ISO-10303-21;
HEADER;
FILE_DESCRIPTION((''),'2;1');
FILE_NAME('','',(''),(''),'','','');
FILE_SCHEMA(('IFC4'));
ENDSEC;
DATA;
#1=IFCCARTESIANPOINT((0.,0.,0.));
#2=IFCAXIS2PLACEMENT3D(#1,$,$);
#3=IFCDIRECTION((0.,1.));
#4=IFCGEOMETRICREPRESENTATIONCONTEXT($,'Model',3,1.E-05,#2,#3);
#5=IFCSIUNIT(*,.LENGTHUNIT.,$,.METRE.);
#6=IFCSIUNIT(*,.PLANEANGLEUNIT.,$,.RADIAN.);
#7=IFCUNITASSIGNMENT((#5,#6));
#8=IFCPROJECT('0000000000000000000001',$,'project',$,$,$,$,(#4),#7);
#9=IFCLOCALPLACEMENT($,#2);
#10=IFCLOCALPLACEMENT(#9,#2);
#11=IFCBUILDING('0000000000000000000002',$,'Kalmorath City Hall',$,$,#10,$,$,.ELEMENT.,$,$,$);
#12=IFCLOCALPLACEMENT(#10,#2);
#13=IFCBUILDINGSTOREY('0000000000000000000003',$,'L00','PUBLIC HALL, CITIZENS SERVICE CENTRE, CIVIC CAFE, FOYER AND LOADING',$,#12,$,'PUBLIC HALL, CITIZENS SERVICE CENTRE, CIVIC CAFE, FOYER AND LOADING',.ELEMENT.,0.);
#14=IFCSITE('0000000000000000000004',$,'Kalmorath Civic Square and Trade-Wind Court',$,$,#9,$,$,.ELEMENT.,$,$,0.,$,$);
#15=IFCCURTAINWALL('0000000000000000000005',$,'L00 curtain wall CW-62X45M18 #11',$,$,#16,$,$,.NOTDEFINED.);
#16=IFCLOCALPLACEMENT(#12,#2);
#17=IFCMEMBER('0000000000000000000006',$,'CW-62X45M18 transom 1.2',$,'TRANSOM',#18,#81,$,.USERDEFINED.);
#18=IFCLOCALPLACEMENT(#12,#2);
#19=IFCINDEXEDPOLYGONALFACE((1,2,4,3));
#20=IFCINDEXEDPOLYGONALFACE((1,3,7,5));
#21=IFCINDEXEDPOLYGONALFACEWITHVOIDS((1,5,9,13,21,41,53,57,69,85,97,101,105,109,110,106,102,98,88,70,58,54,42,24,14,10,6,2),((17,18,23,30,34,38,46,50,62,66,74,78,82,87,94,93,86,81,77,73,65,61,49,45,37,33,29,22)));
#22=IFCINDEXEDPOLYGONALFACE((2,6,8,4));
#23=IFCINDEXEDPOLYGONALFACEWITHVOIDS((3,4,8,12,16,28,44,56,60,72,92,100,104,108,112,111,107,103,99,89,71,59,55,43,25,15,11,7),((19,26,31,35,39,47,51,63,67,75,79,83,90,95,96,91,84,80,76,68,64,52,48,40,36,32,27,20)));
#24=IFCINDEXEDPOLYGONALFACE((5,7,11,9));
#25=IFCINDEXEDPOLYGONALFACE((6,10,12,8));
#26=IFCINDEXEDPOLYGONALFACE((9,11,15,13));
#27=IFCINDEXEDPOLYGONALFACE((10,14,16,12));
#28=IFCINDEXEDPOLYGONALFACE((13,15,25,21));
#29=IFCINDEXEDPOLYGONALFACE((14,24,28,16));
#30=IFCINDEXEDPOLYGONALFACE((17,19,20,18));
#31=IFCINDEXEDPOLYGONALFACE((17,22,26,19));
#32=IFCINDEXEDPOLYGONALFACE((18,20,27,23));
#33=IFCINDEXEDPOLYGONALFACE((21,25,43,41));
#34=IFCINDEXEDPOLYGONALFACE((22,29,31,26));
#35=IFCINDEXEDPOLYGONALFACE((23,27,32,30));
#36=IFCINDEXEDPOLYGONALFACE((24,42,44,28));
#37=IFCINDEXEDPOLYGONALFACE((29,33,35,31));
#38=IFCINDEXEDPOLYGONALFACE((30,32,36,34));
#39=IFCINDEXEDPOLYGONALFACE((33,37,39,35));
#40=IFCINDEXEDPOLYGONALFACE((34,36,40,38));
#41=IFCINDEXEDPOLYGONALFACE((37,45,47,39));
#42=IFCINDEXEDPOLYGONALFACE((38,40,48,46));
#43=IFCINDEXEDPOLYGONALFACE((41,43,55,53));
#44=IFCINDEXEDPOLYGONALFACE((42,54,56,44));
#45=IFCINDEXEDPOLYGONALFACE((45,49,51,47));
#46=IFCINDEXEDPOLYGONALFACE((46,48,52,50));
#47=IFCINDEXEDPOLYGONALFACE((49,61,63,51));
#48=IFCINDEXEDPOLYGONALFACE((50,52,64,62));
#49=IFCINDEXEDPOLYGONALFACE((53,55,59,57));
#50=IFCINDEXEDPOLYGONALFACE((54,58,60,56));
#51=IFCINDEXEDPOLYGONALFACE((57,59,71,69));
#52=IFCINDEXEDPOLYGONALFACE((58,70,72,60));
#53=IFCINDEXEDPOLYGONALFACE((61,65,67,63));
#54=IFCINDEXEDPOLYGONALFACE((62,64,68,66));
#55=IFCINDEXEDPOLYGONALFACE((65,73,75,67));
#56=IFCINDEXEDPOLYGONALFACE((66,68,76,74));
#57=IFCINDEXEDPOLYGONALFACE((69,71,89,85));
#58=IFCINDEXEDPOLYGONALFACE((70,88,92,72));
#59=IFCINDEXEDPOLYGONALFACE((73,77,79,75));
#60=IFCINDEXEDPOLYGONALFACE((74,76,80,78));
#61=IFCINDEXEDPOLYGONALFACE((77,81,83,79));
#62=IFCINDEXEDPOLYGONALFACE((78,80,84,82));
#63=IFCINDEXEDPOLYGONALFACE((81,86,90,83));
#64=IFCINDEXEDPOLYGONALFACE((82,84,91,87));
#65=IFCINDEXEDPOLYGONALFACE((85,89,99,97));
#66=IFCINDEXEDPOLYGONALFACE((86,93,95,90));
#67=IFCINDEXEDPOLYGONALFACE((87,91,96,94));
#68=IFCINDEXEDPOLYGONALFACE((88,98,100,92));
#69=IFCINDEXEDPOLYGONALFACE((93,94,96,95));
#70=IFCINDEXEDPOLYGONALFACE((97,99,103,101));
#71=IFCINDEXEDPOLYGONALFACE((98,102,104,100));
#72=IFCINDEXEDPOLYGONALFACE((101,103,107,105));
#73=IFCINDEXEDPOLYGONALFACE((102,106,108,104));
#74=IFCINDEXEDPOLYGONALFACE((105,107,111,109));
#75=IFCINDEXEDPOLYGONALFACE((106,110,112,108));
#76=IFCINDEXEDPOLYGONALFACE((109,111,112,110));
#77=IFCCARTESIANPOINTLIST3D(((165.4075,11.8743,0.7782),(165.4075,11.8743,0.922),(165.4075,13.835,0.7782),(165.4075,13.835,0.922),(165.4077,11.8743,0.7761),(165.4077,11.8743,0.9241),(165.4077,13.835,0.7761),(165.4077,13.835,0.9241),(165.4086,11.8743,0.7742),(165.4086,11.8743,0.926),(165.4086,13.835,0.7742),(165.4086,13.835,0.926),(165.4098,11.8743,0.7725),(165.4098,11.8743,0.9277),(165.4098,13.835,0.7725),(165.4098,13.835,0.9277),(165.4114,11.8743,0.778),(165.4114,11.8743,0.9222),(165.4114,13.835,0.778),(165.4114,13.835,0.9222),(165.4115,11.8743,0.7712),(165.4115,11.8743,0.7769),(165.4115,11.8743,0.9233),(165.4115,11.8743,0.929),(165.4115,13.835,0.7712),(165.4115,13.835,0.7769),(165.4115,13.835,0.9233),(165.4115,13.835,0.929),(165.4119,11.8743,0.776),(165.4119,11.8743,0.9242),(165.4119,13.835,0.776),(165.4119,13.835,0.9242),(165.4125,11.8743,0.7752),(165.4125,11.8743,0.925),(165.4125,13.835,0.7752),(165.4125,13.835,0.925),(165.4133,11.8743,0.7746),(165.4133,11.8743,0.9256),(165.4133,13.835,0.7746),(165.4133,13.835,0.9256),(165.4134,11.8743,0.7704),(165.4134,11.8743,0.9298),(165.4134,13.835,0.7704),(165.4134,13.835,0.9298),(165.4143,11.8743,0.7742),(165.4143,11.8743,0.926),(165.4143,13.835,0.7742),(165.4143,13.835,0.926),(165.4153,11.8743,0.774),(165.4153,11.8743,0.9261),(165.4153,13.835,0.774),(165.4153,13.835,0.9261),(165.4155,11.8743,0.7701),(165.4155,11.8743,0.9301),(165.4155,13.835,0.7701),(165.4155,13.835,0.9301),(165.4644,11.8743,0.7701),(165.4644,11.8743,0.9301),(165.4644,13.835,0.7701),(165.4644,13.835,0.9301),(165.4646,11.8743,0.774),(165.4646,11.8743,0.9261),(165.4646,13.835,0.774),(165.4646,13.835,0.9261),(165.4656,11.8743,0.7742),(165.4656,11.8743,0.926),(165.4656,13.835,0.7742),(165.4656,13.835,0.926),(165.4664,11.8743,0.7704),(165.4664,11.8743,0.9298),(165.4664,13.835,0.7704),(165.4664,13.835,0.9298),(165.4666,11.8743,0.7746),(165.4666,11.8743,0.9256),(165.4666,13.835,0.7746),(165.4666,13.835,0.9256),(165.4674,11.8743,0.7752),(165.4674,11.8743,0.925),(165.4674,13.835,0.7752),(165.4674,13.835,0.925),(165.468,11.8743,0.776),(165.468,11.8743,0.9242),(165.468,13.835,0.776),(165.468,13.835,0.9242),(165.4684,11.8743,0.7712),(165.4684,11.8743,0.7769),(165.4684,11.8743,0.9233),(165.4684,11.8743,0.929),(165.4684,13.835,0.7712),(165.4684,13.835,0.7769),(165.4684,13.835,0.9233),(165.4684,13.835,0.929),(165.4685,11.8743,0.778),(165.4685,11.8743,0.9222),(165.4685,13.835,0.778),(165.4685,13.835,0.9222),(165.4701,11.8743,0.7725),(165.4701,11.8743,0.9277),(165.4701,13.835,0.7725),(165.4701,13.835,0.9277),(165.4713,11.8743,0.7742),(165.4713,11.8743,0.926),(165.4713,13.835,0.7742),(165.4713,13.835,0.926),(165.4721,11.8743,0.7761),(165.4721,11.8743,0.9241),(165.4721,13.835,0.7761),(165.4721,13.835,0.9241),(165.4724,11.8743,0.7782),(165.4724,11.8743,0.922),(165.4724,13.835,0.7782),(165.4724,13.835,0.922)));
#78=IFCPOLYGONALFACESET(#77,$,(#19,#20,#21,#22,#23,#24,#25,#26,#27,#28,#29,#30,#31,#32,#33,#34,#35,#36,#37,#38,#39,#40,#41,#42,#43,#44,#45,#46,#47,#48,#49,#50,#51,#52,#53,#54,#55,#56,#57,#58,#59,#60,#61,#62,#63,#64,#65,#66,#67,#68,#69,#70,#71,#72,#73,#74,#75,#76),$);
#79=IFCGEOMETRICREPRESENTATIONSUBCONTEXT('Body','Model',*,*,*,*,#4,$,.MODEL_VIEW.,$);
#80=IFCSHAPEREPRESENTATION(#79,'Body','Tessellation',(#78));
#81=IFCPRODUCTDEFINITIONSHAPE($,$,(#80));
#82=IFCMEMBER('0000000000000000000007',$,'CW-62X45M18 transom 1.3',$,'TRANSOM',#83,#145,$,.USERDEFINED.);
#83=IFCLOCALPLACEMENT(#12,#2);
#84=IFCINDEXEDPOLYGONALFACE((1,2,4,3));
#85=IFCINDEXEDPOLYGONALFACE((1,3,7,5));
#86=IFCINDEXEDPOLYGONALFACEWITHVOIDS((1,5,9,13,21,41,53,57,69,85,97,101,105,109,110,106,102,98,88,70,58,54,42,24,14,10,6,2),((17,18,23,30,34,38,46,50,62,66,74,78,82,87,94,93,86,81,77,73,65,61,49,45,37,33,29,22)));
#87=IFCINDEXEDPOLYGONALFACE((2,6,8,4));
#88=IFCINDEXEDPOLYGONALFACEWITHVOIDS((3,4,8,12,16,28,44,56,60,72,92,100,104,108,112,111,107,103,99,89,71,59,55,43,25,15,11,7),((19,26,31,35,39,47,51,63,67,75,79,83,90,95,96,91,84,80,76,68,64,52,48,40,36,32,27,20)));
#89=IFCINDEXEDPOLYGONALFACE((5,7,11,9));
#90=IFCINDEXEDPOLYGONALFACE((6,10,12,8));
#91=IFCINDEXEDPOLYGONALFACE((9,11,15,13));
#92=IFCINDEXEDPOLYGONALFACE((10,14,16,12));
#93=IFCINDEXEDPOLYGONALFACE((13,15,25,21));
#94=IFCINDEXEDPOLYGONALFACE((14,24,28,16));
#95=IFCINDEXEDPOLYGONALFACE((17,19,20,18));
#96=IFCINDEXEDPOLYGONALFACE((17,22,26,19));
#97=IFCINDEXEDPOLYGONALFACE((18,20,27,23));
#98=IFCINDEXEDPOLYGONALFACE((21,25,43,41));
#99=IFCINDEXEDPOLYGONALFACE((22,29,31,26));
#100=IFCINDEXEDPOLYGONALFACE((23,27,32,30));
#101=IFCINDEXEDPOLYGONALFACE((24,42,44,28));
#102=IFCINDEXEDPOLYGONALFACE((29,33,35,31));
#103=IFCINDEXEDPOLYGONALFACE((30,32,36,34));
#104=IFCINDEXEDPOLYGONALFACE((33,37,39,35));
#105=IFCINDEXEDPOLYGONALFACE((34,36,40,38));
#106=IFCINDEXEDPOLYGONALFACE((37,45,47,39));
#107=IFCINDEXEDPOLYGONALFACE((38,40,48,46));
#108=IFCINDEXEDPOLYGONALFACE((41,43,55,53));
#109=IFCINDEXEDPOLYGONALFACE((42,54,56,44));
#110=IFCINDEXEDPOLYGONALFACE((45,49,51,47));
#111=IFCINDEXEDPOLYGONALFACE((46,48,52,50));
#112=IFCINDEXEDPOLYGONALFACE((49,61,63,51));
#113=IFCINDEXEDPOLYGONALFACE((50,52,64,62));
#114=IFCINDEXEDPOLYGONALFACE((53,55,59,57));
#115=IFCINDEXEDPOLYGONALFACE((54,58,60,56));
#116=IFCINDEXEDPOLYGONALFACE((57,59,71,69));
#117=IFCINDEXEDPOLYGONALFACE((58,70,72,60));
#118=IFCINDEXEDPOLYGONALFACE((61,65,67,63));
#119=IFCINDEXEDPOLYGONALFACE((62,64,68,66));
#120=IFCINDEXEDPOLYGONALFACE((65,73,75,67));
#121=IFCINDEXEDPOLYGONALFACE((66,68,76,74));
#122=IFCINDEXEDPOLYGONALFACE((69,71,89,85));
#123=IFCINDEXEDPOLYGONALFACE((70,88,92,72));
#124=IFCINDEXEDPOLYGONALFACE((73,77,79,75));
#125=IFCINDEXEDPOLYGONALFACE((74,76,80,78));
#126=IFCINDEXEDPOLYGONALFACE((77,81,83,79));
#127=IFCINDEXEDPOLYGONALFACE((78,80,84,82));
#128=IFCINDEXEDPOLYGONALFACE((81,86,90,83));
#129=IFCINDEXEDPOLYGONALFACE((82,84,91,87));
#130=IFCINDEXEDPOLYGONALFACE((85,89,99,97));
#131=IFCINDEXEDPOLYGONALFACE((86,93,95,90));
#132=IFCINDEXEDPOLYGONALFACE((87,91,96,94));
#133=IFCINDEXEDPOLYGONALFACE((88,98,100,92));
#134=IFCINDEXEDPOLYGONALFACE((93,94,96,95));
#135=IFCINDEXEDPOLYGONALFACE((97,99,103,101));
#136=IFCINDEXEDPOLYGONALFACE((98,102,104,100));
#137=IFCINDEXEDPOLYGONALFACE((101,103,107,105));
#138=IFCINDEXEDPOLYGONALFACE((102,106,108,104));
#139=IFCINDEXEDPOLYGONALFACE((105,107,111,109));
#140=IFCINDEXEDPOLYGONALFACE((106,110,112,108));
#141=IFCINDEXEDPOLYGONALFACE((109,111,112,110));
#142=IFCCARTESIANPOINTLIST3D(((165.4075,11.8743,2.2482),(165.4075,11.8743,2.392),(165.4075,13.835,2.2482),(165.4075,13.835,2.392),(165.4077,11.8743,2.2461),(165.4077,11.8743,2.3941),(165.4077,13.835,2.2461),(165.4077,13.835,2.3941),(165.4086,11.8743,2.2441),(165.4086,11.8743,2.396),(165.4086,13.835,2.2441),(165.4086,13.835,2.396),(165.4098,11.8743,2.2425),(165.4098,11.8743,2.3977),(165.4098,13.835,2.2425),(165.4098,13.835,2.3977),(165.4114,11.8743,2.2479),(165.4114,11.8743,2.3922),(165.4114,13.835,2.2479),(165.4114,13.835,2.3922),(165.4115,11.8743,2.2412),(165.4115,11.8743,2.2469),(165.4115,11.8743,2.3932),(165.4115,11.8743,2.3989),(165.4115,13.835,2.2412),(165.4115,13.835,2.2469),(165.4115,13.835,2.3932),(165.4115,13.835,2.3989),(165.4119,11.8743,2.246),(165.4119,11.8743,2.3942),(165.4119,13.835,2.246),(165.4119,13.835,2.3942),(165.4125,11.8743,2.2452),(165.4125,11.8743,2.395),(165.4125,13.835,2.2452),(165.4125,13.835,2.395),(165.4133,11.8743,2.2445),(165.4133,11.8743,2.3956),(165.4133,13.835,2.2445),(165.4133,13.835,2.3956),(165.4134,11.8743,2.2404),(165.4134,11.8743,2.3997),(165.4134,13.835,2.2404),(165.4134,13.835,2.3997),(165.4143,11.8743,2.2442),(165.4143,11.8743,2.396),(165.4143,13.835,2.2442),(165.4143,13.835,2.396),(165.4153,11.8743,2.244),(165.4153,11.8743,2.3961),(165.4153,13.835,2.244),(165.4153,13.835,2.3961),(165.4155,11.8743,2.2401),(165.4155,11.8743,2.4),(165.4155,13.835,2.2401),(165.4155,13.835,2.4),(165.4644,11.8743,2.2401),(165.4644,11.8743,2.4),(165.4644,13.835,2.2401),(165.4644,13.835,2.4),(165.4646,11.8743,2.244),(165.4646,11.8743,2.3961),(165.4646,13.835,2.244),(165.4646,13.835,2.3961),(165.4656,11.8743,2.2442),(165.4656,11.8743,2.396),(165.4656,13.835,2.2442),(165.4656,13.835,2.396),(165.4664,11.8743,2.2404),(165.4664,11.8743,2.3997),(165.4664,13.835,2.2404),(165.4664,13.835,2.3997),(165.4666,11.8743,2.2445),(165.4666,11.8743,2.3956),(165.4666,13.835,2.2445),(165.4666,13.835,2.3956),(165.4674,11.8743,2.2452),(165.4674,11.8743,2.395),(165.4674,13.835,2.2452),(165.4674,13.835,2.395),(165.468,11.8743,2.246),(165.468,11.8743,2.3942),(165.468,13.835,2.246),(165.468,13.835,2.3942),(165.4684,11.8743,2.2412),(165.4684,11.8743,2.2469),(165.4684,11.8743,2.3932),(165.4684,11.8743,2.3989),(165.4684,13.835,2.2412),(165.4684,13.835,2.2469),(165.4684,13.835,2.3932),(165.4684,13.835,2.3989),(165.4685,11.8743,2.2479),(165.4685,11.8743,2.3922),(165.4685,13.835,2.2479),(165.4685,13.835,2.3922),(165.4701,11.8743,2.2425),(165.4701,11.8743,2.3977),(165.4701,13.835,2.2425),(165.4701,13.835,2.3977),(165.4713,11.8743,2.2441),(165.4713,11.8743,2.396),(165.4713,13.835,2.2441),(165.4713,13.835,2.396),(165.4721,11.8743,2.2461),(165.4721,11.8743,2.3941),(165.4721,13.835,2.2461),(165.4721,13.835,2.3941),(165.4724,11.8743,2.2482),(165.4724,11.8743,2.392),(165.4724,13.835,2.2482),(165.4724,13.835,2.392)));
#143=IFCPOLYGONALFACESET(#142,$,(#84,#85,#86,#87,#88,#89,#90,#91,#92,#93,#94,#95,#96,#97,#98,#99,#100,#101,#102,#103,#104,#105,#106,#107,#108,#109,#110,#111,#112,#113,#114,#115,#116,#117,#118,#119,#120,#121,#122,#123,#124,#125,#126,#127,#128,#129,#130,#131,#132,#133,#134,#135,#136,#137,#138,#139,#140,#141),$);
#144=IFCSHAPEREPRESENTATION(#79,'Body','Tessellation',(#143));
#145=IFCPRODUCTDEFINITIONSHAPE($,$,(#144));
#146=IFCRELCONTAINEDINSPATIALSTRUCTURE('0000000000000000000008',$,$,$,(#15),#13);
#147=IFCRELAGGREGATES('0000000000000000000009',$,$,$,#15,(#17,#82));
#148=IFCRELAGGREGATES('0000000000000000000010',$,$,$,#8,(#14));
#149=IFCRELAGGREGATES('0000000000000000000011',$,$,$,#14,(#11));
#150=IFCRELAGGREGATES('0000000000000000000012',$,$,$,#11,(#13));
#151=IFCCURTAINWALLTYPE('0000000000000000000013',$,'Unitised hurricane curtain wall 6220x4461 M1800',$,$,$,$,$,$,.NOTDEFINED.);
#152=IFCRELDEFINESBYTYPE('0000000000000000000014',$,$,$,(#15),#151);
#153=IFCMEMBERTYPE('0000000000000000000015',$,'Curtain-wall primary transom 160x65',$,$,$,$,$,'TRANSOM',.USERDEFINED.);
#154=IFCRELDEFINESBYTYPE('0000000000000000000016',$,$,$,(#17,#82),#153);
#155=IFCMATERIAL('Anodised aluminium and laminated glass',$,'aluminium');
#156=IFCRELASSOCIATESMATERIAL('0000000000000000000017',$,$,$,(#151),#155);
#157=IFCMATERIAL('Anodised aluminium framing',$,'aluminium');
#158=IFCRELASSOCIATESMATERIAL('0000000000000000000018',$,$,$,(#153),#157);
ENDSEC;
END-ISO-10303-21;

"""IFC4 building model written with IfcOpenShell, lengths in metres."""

from ifc_helpers import new_model, si_unit, direction, frame, origin, origin_2d, place, context, subcontext, project, spatial, hollow_rectangle, extrude, material, material_profile, profile_set, type_object, element, aggregate, save


model = new_model("IFC4")

# Units and contexts
model_context = context("Model", 3, precision=1e-05, world=origin(), true_north=direction((0.0, 1.0)))
body_context = subcontext(model_context, "Body", "Model", "MODEL_VIEW")
ifc_project = project(units=[si_unit("LENGTHUNIT", "METRE"), si_unit("PLANEANGLEUNIT", "RADIAN")], contexts=[model_context])

# Site, building, storey
site_placement = place(None, origin())
site = spatial("IfcSite", under=ifc_project, at=site_placement, Name="Kalmorath Civic Square and Trade-Wind Court", CompositionType="ELEMENT", RefElevation=0.0)
building_placement = place(site_placement, origin())
building = spatial("IfcBuilding", under=site, at=building_placement, Name="Kalmorath City Hall", CompositionType="ELEMENT")
storey_placement = place(building_placement, origin())
storey = spatial("IfcBuildingStorey", under=building, at=storey_placement, Name="L00", Description="PUBLIC HALL, CITIZENS SERVICE CENTRE, CIVIC CAFE, FOYER AND LOADING", LongName="PUBLIC HALL, CITIZENS SERVICE CENTRE, CIVIC CAFE, FOYER AND LOADING", CompositionType="ELEMENT", Elevation=0.0)

# Curtain wall, members
ifc_material_1 = material(Name="Anodised aluminium and laminated glass", Category="aluminium")
curtain_wall_type = type_object("IfcCurtainWallType", Name="Unitised hurricane curtain wall 6220x4461 M1800", PredefinedType="NOTDEFINED", material=ifc_material_1)
curtain_wall_placement = place(storey_placement, origin())
curtain_wall = element("IfcCurtainWall", 1, at=curtain_wall_placement, inside=storey, type_object=curtain_wall_type, Name="L00 curtain wall CW-62X45M18 #11", PredefinedType="NOTDEFINED")
ifc_material_2 = material(Name="Anodised aluminium framing", Category="aluminium")
ifc_material_profile_1 = material_profile(ifc_material_2, hollow_rectangle(XDim=0.0649, YDim=0.1599, WallThickness=0.0039, InnerFilletRadius=0.0039, OuterFilletRadius=0.0081, at=origin_2d()), Name="ALU-TRN-160X65X4")
ifc_profile_set_1 = profile_set([ifc_material_profile_1], Name="Anodised aluminium framing")
member_type_1 = type_object("IfcMemberType", Name="Curtain-wall primary transom 160x65", ElementType="TRANSOM", PredefinedType="USERDEFINED", material=ifc_profile_set_1)
member_1_placement = place(storey_placement, frame((165.4399, 13.835, 0.8501), z_axis=(0.0, -1.0, 0.0), x_axis=(1.0, 0.0, 0.0)))
member_1 = element("IfcMember", 2, at=member_1_placement, type_object=member_type_1, Name="CW-62X45M18 transom 1.2", ObjectType="TRANSOM", PredefinedType="USERDEFINED", context=body_context, shape_type="SweptSolid", body=[
    extrude(hollow_rectangle(XDim=0.0649, YDim=0.1599, WallThickness=0.0039, InnerFilletRadius=0.0039, OuterFilletRadius=0.0081, at=origin_2d()), origin(), (0.0, 0.0, 1.0), 1.9607),
])
member_2_placement = place(storey_placement, frame((165.4399, 13.835, 2.3201), z_axis=(0.0, -1.0, 0.0), x_axis=(1.0, 0.0, 0.0)))
member_2 = element("IfcMember", 3, at=member_2_placement, type_object=member_type_1, Name="CW-62X45M18 transom 1.3", ObjectType="TRANSOM", PredefinedType="USERDEFINED", context=body_context, shape_type="SweptSolid", body=[
    extrude(hollow_rectangle(XDim=0.0649, YDim=0.1599, WallThickness=0.0039, InnerFilletRadius=0.0039, OuterFilletRadius=0.0081, at=origin_2d()), origin(), (0.0, 0.0, 1.0), 1.9607),
])

aggregate(curtain_wall, [member_1, member_2])

save(model, "model.ifc")
